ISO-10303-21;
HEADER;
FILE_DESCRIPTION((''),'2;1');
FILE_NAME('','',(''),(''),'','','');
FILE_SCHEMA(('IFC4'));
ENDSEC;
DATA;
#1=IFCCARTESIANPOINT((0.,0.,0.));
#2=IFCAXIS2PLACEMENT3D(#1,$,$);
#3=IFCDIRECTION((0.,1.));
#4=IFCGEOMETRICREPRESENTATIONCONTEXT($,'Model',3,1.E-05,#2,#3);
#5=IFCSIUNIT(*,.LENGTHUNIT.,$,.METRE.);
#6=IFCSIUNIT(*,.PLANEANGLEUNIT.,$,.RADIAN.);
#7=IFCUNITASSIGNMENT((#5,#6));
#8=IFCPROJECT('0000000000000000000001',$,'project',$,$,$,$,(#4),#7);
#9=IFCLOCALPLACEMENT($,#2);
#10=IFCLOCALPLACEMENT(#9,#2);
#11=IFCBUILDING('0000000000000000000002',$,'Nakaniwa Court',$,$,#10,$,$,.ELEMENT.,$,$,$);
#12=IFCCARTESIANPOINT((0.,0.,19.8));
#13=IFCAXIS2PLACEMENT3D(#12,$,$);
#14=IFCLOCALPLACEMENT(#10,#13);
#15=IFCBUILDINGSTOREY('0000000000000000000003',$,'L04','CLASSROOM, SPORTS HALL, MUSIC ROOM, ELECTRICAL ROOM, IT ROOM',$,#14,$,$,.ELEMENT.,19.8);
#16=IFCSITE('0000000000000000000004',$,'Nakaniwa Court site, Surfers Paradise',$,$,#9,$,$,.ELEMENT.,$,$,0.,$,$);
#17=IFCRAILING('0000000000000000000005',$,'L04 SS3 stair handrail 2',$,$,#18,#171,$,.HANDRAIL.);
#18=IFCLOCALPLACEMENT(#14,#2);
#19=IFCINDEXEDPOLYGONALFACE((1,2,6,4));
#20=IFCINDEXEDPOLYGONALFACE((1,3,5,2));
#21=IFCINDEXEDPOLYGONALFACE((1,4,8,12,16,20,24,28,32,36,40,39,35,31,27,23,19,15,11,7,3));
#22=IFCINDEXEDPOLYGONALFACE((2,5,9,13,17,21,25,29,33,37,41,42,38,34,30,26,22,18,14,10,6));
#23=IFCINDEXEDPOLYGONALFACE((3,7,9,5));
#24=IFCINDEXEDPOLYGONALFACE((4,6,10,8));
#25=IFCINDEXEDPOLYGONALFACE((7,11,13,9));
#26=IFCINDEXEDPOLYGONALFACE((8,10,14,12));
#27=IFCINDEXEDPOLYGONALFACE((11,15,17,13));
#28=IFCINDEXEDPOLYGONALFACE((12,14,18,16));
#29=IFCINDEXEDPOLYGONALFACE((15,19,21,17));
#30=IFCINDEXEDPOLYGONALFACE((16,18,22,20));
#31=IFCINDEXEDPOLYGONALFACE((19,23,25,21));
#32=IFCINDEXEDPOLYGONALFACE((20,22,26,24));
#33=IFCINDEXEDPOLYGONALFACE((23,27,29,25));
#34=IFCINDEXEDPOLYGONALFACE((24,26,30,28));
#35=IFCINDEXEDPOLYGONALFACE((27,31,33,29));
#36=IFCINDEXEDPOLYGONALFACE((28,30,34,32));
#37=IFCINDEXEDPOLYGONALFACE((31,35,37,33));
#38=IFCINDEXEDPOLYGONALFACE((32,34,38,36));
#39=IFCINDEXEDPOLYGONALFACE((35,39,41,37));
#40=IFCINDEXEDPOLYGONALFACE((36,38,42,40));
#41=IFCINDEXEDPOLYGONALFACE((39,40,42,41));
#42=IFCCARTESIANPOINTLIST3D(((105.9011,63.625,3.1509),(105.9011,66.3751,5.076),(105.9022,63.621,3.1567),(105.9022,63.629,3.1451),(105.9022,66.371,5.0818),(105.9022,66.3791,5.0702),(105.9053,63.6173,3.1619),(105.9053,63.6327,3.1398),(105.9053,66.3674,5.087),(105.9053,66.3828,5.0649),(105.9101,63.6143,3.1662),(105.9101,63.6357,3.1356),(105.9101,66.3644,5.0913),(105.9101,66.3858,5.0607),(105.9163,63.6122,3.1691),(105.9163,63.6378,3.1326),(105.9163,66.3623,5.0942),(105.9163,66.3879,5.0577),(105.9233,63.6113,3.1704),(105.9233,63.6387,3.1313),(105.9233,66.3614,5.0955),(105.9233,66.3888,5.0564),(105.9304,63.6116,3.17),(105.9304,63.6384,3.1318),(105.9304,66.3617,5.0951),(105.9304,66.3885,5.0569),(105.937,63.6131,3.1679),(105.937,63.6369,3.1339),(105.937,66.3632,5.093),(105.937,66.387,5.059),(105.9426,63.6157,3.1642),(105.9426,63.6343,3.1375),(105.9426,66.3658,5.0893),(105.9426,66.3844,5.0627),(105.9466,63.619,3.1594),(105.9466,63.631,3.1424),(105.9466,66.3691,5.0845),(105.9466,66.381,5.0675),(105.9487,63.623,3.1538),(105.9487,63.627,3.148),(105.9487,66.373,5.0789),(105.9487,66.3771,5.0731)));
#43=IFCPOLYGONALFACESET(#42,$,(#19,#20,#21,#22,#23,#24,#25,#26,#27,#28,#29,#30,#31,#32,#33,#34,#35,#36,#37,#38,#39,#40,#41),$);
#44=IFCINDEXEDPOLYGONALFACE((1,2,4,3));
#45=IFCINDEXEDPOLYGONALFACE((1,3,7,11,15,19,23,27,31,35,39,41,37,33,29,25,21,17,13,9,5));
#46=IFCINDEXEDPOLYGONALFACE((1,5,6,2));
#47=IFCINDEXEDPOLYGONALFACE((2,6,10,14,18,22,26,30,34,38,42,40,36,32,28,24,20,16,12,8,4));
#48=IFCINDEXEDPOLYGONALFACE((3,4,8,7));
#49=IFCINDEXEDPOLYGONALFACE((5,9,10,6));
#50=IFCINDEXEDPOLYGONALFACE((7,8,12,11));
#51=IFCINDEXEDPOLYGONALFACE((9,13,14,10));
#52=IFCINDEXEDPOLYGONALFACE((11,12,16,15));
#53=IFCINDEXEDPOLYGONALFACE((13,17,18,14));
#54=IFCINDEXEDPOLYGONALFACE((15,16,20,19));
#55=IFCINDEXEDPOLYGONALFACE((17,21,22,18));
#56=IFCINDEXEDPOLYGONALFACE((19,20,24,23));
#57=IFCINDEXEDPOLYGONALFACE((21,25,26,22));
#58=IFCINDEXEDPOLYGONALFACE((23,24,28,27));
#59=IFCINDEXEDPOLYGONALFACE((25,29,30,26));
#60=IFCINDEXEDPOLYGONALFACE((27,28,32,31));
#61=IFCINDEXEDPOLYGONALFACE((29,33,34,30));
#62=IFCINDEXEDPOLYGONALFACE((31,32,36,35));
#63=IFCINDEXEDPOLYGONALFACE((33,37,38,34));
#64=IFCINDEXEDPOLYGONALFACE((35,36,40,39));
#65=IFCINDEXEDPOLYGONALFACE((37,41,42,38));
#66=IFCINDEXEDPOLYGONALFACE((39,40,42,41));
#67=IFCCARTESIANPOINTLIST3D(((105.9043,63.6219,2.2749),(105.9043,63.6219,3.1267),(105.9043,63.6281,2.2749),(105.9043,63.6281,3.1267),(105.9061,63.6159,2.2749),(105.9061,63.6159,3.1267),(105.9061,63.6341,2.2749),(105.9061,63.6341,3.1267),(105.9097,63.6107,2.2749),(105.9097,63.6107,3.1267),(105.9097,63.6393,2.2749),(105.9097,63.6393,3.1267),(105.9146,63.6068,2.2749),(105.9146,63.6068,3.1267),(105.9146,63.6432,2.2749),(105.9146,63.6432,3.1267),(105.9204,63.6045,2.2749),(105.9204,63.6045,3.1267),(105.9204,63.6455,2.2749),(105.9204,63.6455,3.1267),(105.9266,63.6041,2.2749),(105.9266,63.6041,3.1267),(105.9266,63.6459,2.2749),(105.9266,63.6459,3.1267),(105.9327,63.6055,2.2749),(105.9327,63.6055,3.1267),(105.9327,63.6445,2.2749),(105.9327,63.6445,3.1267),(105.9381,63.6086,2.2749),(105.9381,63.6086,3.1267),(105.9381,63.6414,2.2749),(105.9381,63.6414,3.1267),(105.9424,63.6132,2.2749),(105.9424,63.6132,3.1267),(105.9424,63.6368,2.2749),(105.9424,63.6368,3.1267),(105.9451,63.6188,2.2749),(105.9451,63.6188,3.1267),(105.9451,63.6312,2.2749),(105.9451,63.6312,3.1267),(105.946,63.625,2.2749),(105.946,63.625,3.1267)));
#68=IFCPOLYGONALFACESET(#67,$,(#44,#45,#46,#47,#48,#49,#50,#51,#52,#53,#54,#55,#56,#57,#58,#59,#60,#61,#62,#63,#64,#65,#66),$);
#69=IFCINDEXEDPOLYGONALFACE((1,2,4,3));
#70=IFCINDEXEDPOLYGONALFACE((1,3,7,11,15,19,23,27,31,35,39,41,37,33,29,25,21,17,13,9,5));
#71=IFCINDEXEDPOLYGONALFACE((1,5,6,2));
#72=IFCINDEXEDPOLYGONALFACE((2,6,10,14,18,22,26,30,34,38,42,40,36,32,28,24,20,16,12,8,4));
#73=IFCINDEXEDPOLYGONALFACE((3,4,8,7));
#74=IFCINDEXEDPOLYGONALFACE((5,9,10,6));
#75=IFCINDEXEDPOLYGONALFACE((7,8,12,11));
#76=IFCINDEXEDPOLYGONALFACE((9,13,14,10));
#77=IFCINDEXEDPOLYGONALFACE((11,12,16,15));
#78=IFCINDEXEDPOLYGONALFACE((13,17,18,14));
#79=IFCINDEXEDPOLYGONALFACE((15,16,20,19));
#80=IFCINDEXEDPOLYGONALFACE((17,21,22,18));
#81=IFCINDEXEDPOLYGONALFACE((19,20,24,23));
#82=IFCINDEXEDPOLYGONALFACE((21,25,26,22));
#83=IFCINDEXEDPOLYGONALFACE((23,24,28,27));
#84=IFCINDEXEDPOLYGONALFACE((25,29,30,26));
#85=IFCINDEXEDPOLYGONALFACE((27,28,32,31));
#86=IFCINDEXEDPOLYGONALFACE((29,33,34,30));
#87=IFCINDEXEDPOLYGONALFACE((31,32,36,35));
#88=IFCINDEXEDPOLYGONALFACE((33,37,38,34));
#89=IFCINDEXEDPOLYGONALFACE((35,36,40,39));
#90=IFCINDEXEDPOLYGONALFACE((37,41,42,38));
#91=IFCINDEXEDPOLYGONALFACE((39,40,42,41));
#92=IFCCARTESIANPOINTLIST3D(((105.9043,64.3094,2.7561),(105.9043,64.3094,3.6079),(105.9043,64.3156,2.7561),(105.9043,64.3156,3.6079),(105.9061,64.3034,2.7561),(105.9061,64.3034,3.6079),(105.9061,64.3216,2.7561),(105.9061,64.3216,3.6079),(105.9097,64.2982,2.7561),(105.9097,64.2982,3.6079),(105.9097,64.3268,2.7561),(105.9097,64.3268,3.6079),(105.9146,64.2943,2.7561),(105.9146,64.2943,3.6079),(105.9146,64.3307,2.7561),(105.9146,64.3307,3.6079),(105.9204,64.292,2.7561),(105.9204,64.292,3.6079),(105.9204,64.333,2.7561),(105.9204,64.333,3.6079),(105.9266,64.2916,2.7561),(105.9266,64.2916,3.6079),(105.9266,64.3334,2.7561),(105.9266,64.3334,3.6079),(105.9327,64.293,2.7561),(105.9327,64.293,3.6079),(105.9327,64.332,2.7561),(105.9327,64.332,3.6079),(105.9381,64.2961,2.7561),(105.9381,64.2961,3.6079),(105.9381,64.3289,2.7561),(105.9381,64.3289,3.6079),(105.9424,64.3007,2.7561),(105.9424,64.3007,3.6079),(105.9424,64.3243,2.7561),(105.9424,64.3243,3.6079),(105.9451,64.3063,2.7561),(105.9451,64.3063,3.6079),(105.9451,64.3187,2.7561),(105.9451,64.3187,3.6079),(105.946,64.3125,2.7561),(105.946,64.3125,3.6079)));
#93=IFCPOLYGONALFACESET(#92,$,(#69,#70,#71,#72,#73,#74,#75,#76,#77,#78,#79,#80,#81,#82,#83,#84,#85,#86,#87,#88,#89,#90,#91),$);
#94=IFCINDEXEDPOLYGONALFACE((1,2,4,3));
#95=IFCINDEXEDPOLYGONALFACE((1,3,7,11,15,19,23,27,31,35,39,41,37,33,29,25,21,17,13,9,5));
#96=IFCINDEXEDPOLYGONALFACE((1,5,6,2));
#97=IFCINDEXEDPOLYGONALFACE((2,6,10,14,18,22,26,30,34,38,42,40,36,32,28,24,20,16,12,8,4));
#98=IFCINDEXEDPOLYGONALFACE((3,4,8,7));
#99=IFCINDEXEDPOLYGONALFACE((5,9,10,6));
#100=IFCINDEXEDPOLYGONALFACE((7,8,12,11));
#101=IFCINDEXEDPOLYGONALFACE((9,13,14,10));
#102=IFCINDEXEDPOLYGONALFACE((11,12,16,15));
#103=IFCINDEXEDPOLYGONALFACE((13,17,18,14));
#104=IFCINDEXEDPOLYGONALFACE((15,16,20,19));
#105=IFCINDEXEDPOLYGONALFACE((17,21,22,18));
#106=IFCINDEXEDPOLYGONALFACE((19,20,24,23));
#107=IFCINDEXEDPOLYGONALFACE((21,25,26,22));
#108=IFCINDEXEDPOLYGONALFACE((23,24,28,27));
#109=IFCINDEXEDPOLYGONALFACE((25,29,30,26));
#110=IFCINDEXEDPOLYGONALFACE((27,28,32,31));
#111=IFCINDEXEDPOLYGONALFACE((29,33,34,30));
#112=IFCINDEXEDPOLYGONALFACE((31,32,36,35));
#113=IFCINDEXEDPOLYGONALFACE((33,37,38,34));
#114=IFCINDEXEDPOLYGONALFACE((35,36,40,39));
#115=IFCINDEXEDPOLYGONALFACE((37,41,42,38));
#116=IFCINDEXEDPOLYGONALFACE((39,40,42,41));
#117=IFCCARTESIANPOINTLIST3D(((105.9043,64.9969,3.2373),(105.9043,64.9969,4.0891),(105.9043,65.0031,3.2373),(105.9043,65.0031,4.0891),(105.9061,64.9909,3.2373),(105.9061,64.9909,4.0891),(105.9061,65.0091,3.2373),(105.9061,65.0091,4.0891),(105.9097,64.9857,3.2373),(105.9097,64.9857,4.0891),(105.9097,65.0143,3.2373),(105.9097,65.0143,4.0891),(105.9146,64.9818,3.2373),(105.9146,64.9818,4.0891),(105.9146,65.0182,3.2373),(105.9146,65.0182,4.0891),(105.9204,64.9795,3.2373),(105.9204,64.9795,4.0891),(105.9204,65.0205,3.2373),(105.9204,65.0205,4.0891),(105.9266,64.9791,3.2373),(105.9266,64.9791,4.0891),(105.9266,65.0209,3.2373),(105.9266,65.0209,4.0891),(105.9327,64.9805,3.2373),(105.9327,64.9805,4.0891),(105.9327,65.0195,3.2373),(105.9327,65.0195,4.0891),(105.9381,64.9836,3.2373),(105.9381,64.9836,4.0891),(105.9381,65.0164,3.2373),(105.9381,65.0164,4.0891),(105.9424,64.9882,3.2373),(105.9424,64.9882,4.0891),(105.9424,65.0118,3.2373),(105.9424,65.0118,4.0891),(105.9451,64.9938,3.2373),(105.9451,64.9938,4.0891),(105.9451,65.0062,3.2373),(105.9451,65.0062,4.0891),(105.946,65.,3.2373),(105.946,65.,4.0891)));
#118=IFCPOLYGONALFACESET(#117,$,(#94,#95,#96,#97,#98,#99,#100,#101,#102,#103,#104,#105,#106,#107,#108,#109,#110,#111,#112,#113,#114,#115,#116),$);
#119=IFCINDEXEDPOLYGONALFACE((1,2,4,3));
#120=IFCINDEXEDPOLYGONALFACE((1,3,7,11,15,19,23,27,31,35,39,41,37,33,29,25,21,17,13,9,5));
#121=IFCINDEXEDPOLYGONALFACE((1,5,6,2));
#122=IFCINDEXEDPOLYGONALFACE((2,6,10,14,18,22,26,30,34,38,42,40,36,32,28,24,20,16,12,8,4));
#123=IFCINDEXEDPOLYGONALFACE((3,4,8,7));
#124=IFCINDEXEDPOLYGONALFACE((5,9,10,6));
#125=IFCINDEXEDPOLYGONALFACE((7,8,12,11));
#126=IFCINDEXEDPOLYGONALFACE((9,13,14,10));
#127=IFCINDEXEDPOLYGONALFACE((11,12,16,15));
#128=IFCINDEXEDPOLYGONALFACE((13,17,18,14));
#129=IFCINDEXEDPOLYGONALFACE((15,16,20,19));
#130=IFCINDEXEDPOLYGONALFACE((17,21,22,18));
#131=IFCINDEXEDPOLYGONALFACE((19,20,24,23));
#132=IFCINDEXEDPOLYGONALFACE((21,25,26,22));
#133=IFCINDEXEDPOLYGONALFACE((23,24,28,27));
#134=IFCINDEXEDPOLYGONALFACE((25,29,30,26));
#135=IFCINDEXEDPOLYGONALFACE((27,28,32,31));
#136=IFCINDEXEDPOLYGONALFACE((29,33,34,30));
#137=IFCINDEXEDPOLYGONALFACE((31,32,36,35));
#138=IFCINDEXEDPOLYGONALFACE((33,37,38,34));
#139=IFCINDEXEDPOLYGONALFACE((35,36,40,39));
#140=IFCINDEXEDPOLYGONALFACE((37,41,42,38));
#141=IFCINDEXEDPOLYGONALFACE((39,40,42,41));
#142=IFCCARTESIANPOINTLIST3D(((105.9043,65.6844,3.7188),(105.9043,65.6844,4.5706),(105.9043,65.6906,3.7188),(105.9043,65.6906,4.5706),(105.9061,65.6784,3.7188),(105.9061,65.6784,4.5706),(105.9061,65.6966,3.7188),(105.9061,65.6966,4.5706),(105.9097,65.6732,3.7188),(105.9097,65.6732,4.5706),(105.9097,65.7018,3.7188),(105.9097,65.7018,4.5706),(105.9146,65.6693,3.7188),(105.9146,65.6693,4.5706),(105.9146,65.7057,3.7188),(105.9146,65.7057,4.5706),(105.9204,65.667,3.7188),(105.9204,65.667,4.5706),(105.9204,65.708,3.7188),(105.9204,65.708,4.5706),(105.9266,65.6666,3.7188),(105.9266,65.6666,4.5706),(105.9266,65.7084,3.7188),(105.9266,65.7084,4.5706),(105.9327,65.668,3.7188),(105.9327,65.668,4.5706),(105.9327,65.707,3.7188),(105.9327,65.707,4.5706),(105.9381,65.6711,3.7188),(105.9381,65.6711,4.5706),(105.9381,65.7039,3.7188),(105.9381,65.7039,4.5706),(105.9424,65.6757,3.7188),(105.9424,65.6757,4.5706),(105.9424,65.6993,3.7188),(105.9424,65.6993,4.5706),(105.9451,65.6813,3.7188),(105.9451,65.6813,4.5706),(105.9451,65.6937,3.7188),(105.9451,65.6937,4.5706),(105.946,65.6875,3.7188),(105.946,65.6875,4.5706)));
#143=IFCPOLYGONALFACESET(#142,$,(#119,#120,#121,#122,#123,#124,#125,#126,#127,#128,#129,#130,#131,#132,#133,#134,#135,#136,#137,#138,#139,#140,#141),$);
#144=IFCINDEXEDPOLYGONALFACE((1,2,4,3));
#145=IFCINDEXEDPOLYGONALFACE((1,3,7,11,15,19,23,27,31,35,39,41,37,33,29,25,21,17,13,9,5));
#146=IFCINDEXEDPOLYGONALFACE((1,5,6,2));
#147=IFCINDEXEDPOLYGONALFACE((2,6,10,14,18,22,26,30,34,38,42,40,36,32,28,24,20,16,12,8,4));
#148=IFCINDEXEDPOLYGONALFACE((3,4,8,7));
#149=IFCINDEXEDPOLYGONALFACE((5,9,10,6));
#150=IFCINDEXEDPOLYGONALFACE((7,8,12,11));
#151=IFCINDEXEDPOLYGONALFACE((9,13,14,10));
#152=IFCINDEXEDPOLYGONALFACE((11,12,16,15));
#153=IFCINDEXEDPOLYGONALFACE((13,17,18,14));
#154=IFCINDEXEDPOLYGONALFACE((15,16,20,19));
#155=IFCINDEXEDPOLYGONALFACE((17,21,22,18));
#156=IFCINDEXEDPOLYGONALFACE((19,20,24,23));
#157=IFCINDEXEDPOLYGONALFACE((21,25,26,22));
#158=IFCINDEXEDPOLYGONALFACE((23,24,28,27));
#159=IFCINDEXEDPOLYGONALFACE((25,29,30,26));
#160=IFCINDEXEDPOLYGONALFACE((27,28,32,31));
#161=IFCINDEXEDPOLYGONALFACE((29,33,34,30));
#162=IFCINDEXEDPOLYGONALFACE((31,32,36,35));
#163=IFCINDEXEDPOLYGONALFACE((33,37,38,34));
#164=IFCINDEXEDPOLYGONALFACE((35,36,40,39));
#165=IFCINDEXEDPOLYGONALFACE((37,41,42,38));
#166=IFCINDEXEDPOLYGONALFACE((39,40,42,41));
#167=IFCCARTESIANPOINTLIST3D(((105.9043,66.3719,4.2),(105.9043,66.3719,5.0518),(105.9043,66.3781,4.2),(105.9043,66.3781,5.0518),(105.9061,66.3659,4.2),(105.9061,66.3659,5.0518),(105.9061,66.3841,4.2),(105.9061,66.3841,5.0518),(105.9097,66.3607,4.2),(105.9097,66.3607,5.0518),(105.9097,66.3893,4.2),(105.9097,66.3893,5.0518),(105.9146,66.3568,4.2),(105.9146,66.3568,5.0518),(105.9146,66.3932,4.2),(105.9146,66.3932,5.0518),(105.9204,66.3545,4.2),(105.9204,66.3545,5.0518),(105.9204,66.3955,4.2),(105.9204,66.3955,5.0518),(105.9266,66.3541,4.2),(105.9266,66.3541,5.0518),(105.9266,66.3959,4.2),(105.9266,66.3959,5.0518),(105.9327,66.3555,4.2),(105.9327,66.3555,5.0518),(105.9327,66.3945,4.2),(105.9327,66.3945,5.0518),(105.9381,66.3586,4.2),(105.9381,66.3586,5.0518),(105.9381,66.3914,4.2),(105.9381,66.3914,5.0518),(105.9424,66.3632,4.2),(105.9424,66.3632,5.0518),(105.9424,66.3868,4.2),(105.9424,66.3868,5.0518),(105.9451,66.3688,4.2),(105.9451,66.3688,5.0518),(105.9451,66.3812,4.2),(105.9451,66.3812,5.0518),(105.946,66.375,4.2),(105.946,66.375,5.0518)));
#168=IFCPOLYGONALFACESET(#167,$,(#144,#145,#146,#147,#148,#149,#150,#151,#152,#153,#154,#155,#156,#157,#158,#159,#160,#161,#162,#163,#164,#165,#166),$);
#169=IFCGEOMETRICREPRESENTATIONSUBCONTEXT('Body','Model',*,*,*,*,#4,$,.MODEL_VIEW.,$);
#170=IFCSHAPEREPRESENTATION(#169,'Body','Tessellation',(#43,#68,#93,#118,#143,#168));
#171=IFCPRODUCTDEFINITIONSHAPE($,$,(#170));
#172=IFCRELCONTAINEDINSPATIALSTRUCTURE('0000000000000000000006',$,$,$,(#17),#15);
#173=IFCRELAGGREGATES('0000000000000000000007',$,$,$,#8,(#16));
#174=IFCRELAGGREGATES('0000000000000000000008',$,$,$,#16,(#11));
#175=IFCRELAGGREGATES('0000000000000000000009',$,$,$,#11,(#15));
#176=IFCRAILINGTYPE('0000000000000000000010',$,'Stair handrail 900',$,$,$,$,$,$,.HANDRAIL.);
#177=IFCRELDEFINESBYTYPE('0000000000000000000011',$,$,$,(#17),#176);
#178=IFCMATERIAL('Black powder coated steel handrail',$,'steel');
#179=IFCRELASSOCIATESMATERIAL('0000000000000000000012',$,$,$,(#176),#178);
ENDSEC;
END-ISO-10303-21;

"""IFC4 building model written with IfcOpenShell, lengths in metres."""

from ifc_helpers import new_model, si_unit, direction, frame, origin, origin_2d, place, context, subcontext, project, spatial, circle, extrude, material, type_object, element, save


model = new_model("IFC4")

# Units and contexts
model_context = context("Model", 3, precision=1e-05, world=origin(), true_north=direction((0.0, 1.0)))
body_context = subcontext(model_context, "Body", "Model", "MODEL_VIEW")
ifc_project = project(units=[si_unit("LENGTHUNIT", "METRE"), si_unit("PLANEANGLEUNIT", "RADIAN")], contexts=[model_context])

# Site, building, storey
site_placement = place(None, origin())
site = spatial("IfcSite", under=ifc_project, at=site_placement, Name="Nakaniwa Court site, Surfers Paradise", CompositionType="ELEMENT", RefElevation=0.0)
building_placement = place(site_placement, origin())
building = spatial("IfcBuilding", under=site, at=building_placement, Name="Nakaniwa Court", CompositionType="ELEMENT")
storey_placement = place(building_placement, frame((0.0, 0.0, 19.8)))
storey = spatial("IfcBuildingStorey", under=building, at=storey_placement, Name="L04", Description="CLASSROOM, SPORTS HALL, MUSIC ROOM, ELECTRICAL ROOM, IT ROOM", CompositionType="ELEMENT", Elevation=19.8)

# Railing
ifc_material_1 = material(Name="Black powder coated steel handrail", Category="steel")
railing_type_1 = type_object("IfcRailingType", Name="Stair handrail 900", PredefinedType="HANDRAIL", material=ifc_material_1)
railing_1_placement = place(storey_placement, frame((105.925, 63.625, 2.2749)))
element("IfcRailing", 1, at=railing_1_placement, inside=storey, type_object=railing_type_1, Name="L04 SS3 stair handrail 2", PredefinedType="HANDRAIL", context=body_context, shape_type="SweptSolid", body=[
    extrude(circle(Radius=0.0239, at=origin_2d()), frame((0.0, 0.0, 0.876), z_axis=(0.0, 0.819225, 0.573472), x_axis=(-1.0, 0.0, 0.0)), (0.0, 0.0, 1.0), 3.3569),
    extrude(circle(Radius=0.021, at=origin_2d()), origin(), (0.0, 0.0, 1.0), 0.8518),
    extrude(circle(Radius=0.021, at=origin_2d()), frame((0.0, 0.6875, 0.4812)), (0.0, 0.0, 1.0), 0.8518),
    extrude(circle(Radius=0.021, at=origin_2d()), frame((0.0, 1.375, 0.9624)), (0.0, 0.0, 1.0), 0.8518),
    extrude(circle(Radius=0.021, at=origin_2d()), frame((0.0, 2.0625, 1.4438)), (0.0, 0.0, 1.0), 0.8518),
    extrude(circle(Radius=0.021, at=origin_2d()), frame((0.0, 2.75, 1.925)), (0.0, 0.0, 1.0), 0.8518),
])

save(model, "model.ifc")
